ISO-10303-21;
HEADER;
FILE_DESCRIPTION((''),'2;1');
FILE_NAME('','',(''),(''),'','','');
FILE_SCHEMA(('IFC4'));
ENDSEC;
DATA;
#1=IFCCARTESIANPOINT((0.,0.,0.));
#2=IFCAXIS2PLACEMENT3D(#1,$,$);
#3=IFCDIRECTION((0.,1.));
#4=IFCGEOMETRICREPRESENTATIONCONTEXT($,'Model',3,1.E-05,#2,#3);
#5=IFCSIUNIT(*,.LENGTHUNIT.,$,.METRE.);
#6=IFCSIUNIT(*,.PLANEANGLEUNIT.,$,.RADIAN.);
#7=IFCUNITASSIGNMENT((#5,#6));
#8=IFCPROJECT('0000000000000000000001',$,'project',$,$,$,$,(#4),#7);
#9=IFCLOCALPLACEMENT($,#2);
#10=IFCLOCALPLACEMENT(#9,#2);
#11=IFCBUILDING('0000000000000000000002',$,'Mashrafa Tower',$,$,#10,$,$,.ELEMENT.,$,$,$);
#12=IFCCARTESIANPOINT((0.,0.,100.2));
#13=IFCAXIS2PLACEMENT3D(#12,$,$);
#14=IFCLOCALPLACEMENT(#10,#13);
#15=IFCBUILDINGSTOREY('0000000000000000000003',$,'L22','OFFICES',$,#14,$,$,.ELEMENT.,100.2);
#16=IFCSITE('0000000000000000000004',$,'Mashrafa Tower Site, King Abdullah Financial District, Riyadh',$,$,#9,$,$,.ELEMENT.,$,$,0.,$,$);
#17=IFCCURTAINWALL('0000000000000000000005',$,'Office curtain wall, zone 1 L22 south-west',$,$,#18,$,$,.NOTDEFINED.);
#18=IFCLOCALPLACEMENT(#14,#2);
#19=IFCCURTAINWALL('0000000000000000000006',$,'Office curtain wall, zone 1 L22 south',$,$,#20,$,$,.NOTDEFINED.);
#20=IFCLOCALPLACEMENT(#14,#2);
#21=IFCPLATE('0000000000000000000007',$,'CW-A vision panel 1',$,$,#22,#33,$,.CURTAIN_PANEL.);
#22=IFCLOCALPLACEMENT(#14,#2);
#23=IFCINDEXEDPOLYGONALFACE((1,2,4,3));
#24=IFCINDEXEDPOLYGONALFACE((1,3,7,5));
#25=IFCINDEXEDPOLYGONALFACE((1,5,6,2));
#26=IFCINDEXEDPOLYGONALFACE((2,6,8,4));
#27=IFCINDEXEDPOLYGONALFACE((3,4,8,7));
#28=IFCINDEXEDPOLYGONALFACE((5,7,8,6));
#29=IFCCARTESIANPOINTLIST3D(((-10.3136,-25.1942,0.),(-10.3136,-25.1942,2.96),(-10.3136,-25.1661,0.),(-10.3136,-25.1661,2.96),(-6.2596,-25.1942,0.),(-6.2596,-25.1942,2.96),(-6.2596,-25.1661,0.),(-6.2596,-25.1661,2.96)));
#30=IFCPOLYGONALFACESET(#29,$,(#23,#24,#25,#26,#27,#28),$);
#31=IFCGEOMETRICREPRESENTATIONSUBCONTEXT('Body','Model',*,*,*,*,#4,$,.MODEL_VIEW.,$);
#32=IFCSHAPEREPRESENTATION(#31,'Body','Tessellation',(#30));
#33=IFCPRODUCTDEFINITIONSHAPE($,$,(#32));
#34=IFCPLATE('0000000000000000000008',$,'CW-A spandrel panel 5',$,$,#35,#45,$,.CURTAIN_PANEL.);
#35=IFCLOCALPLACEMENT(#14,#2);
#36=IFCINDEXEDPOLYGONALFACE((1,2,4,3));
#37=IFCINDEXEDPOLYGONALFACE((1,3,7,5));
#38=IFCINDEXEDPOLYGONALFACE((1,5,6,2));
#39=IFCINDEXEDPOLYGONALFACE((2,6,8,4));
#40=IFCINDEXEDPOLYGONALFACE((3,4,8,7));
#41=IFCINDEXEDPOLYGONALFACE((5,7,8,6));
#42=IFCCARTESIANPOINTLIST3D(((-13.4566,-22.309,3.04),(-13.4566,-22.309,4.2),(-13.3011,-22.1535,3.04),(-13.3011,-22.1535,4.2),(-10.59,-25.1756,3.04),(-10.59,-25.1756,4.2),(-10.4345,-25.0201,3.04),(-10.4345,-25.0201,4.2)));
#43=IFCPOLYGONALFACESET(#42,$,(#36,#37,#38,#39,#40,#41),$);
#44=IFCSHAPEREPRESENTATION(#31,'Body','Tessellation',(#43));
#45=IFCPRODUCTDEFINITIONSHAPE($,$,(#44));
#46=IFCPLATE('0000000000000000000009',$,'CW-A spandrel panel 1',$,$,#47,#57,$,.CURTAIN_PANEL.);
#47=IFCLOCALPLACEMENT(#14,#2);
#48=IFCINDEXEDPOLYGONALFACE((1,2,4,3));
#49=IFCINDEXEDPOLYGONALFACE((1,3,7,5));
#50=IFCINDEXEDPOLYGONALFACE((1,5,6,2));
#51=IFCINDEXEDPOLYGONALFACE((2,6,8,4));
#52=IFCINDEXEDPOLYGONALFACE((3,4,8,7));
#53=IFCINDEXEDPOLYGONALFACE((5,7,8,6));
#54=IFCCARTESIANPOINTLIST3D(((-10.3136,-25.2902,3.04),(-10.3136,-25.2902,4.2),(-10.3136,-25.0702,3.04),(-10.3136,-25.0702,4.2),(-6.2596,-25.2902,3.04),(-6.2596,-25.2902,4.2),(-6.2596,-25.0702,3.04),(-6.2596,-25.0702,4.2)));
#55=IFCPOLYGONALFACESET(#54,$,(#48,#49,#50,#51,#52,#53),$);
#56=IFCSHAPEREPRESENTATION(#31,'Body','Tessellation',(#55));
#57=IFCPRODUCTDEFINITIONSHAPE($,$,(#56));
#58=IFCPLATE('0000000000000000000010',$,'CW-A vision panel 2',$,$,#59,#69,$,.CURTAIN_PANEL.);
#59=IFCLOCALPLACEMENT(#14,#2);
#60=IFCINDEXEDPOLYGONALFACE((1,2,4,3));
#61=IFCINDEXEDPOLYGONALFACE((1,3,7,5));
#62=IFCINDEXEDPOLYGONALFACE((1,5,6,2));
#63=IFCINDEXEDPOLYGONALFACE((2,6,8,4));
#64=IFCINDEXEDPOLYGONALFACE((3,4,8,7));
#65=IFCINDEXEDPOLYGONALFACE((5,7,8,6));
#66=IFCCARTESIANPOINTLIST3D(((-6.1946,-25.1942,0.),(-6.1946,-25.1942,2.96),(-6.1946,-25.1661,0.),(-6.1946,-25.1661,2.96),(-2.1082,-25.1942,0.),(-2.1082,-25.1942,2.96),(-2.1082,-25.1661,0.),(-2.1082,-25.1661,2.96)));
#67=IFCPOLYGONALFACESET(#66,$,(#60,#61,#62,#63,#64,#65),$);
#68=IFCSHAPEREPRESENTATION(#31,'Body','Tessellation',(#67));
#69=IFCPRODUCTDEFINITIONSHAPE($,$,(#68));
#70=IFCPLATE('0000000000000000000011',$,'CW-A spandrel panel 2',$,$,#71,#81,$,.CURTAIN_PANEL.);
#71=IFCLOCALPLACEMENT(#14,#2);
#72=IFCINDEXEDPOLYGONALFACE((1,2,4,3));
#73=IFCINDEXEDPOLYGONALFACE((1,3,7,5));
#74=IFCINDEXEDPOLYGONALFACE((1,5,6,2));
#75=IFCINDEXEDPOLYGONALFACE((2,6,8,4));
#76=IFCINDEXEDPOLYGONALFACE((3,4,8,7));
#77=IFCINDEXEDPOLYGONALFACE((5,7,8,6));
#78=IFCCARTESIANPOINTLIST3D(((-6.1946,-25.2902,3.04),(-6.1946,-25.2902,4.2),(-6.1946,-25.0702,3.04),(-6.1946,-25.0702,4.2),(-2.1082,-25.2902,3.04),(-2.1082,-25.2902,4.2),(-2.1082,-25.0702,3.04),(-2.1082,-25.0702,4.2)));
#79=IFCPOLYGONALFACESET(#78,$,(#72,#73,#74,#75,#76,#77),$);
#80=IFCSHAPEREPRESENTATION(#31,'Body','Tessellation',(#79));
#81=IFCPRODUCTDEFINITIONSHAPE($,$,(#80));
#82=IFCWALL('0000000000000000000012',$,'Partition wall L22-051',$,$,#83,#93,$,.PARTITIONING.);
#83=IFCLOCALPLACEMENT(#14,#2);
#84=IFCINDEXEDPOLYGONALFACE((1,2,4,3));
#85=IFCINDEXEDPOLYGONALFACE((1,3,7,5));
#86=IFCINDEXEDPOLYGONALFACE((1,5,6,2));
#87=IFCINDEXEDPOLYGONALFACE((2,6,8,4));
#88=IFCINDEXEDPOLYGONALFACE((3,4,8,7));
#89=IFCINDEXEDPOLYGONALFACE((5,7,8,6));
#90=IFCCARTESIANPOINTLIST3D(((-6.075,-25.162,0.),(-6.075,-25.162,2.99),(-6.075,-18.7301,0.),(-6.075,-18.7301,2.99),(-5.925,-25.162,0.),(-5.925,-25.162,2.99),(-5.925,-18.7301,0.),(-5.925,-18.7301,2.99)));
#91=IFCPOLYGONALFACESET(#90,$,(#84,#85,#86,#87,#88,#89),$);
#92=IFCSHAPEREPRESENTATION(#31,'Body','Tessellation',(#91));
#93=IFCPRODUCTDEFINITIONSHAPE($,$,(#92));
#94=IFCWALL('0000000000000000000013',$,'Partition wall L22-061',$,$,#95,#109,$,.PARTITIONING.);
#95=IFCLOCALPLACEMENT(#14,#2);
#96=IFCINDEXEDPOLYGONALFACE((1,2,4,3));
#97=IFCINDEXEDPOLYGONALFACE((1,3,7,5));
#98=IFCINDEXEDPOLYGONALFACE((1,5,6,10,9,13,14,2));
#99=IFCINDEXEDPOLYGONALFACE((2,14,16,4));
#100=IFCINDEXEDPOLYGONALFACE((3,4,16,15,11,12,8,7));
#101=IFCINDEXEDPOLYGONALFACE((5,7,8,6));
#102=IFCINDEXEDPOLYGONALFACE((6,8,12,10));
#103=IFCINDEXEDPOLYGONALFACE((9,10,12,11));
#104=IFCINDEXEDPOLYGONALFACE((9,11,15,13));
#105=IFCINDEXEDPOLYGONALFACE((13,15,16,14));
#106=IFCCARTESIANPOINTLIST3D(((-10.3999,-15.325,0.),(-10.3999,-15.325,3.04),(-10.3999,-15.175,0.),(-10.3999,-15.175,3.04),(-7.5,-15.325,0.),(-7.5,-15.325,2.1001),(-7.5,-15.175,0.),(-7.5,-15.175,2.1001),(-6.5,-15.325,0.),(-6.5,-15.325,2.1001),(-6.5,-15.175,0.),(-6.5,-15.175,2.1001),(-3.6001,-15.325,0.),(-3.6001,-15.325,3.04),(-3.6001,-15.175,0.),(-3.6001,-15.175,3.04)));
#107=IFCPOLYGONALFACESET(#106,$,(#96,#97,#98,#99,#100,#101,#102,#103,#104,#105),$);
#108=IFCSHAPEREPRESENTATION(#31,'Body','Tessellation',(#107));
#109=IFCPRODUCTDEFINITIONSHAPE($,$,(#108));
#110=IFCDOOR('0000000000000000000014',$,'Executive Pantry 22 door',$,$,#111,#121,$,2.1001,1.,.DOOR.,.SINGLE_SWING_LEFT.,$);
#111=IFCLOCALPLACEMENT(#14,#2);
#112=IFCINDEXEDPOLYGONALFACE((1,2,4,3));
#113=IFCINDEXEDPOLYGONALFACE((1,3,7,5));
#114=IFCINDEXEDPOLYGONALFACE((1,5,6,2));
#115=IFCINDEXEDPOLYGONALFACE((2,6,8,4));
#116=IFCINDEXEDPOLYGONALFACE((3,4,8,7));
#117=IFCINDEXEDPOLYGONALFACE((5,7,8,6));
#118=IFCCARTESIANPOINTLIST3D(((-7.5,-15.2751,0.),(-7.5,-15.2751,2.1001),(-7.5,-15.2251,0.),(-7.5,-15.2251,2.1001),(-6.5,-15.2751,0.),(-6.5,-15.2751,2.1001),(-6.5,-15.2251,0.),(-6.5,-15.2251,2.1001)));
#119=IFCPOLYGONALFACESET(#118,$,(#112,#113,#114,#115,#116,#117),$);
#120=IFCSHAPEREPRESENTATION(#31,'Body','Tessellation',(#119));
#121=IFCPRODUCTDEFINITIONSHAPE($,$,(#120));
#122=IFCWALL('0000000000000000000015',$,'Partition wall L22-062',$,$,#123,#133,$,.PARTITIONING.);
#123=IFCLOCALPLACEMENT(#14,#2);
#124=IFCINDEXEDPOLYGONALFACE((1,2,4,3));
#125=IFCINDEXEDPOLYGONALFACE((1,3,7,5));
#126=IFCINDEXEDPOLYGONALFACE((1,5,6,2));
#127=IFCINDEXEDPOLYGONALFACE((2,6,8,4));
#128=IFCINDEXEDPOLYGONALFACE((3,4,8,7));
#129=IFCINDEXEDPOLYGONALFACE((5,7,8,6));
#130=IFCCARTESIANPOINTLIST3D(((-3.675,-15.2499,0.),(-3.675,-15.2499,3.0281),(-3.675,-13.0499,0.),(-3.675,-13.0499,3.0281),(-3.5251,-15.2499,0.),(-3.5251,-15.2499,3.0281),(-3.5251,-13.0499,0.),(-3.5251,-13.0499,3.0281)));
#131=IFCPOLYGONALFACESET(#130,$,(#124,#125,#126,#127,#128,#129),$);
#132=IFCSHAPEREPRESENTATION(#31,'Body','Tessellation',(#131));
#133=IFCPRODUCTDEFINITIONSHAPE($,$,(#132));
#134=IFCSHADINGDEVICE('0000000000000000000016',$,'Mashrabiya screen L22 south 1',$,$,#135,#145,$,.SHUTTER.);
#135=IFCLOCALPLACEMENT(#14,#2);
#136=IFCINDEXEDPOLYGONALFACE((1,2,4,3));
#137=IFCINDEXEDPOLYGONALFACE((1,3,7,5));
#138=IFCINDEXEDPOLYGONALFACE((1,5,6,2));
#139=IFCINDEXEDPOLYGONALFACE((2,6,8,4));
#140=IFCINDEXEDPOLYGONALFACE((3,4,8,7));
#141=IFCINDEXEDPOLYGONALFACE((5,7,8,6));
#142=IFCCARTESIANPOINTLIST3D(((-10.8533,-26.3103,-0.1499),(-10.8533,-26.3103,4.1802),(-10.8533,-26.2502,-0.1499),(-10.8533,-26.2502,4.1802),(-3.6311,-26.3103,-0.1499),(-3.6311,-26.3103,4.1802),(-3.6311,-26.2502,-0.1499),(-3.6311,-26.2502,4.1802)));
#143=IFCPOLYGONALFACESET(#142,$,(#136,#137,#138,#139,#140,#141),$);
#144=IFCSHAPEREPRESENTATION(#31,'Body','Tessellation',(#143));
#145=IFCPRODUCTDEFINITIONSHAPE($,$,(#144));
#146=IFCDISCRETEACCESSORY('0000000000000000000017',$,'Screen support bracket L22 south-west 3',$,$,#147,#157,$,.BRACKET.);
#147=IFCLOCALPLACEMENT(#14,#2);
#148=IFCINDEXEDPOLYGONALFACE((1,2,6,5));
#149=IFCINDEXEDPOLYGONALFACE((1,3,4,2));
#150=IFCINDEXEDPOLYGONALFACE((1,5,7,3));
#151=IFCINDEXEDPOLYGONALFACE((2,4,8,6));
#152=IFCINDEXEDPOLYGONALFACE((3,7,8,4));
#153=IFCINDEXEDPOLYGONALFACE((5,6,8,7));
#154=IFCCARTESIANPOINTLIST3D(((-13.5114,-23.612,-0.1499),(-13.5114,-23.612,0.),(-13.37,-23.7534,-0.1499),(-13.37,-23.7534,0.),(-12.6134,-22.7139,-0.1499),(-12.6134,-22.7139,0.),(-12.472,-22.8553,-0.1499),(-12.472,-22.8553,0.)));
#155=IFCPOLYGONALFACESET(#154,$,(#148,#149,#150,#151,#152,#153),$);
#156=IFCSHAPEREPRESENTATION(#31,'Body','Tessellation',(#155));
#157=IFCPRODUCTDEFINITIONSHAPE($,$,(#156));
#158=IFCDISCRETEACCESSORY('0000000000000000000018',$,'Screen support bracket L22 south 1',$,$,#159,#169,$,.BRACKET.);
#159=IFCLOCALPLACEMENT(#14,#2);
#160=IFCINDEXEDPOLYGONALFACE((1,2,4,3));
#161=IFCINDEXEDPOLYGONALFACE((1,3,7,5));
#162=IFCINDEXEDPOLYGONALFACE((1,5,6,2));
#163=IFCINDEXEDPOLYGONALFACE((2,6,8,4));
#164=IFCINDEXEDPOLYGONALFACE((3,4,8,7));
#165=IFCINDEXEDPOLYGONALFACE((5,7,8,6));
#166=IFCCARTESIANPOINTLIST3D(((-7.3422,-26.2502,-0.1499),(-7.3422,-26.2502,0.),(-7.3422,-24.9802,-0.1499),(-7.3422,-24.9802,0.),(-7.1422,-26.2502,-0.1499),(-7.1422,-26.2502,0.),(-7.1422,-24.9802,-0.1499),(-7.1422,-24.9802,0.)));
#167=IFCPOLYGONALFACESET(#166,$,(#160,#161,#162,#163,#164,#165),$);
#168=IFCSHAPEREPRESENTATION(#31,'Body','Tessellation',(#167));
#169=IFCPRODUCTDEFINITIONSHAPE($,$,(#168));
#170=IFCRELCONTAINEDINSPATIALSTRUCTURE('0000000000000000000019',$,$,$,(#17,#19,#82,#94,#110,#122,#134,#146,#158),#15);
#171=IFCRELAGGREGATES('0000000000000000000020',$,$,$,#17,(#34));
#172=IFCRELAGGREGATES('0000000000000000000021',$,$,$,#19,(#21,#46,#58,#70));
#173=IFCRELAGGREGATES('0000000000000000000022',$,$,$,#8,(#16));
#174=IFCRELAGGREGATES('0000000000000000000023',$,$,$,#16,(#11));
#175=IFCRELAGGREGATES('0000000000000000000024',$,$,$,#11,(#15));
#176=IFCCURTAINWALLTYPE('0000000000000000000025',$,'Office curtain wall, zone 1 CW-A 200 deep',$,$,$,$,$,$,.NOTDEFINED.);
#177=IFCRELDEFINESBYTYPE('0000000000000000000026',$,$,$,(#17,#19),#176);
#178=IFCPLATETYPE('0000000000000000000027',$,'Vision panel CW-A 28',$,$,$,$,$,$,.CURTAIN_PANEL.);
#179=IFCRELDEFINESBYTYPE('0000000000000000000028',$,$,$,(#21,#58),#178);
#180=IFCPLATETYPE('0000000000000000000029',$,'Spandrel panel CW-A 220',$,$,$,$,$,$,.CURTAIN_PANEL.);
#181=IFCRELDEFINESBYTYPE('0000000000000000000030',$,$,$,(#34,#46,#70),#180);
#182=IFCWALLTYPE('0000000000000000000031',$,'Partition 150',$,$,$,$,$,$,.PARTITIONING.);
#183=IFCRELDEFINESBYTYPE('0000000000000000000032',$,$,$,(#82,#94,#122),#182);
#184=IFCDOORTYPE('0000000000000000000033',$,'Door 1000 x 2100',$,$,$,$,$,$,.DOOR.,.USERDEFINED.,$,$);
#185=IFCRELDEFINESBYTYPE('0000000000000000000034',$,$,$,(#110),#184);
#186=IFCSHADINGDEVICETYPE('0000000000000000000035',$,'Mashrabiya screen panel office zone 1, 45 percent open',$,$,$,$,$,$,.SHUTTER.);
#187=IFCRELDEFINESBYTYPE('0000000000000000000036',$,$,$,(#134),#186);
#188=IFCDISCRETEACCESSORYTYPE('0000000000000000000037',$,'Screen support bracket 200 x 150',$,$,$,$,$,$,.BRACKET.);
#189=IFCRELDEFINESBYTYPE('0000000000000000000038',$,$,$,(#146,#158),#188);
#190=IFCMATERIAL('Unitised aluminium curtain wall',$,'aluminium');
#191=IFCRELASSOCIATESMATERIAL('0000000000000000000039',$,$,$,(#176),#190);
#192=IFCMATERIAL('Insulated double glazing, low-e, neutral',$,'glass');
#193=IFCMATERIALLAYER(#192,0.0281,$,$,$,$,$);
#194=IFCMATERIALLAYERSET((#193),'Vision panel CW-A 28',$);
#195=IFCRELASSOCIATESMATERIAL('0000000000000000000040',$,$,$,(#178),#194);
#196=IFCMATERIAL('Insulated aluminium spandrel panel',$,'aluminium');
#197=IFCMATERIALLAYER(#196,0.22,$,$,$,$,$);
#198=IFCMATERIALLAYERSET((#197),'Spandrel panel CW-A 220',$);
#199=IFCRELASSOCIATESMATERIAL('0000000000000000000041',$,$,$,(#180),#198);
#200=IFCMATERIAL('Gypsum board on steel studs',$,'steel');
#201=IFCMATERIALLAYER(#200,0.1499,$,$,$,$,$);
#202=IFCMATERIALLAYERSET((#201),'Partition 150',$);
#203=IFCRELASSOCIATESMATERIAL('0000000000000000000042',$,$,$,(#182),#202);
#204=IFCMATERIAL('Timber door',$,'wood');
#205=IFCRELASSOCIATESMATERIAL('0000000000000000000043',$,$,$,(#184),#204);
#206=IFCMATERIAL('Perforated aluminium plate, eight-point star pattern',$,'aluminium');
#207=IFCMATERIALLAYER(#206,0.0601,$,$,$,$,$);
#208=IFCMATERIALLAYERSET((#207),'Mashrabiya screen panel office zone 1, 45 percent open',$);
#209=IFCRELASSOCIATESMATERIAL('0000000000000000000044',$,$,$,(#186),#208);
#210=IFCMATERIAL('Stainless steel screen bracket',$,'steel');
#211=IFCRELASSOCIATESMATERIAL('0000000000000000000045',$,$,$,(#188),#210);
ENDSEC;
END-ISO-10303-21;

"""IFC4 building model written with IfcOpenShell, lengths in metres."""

from ifc_helpers import new_model, si_unit, direction, frame, frame_2d, origin, origin_2d, place, context, subcontext, project, spatial, rectangle, extrude, source, transform, mapped, material, layer, layer_set, type_object, type_shapes, element, fill, aggregate, save


model = new_model("IFC4")

# Units and contexts
model_context = context("Model", 3, precision=1e-05, world=origin(), true_north=direction((0.0, 1.0)))
body_context = subcontext(model_context, "Body", "Model", "MODEL_VIEW")
ifc_project = project(units=[si_unit("LENGTHUNIT", "METRE"), si_unit("PLANEANGLEUNIT", "RADIAN")], contexts=[model_context])

# Site, building, storey
site_placement = place(None, origin())
site = spatial("IfcSite", under=ifc_project, at=site_placement, Name="Mashrafa Tower Site, King Abdullah Financial District, Riyadh", CompositionType="ELEMENT", RefElevation=0.0)
building_placement = place(site_placement, origin())
building = spatial("IfcBuilding", under=site, at=building_placement, Name="Mashrafa Tower", CompositionType="ELEMENT")
storey_placement = place(building_placement, frame((0.0, 0.0, 100.2)))
storey = spatial("IfcBuildingStorey", under=building, at=storey_placement, Name="L22", Description="OFFICES", CompositionType="ELEMENT", Elevation=100.2)

# Curtain walls
ifc_material_1 = material(Name="Unitised aluminium curtain wall", Category="aluminium")
curtain_wall_type = type_object("IfcCurtainWallType", Name="Office curtain wall, zone 1 CW-A 200 deep", PredefinedType="NOTDEFINED", material=ifc_material_1)
curtain_wall_1_placement = place(storey_placement, origin())
curtain_wall_1 = element("IfcCurtainWall", 1, at=curtain_wall_1_placement, inside=storey, type_object=curtain_wall_type, Name="Office curtain wall, zone 1 L22 south-west", PredefinedType="NOTDEFINED")
curtain_wall_2_placement = place(storey_placement, origin())
curtain_wall_2 = element("IfcCurtainWall", 2, at=curtain_wall_2_placement, inside=storey, type_object=curtain_wall_type, Name="Office curtain wall, zone 1 L22 south", PredefinedType="NOTDEFINED")

# Plates
ifc_material_2 = material(Name="Insulated double glazing, low-e, neutral", Category="glass")
ifc_layer_1 = layer(ifc_material_2, 0.0281)
ifc_layer_set_1 = layer_set([ifc_layer_1], Name="Vision panel CW-A 28")
plate_type_1 = type_object("IfcPlateType", Name="Vision panel CW-A 28", PredefinedType="CURTAIN_PANEL", material=ifc_layer_set_1)
shared_shape_1 = source(origin(), body_context, "Body", "SweptSolid", [
    extrude(rectangle(XDim=4.054, YDim=0.0281, at=origin_2d()), origin(), (0.0, 0.0, 1.0), 2.96),
])
plate_1_placement = place(storey_placement, frame((-8.2866, -25.1802, 0.0), z_axis=(0.0, 0.0, 1.0), x_axis=(1.0, 0.0, 0.0)))
plate_1 = element("IfcPlate", 3, at=plate_1_placement, type_object=plate_type_1, Name="CW-A vision panel 1", PredefinedType="CURTAIN_PANEL", context=body_context, shape_type="MappedRepresentation", body=[
    mapped(shared_shape_1, transform((0.0, 0.0, 0.0))),
])
ifc_material_3 = material(Name="Insulated aluminium spandrel panel", Category="aluminium")
ifc_layer_2 = layer(ifc_material_3, 0.22)
ifc_layer_set_2 = layer_set([ifc_layer_2], Name="Spandrel panel CW-A 220")
plate_type_2 = type_object("IfcPlateType", Name="Spandrel panel CW-A 220", PredefinedType="CURTAIN_PANEL", material=ifc_layer_set_2)
shared_shape_2 = source(origin(), body_context, "Body", "SweptSolid", [
    extrude(rectangle(XDim=4.054, YDim=0.22, at=origin_2d()), origin(), (0.0, 0.0, 1.0), 1.1599),
])
plate_2_placement = place(storey_placement, frame((-11.9456, -23.6646, 3.04), z_axis=(0.0, 0.0, 1.0), x_axis=(0.707107, -0.707107, 0.0)))
plate_2 = element("IfcPlate", 4, at=plate_2_placement, type_object=plate_type_2, Name="CW-A spandrel panel 5", PredefinedType="CURTAIN_PANEL", context=body_context, shape_type="MappedRepresentation", body=[
    mapped(shared_shape_2, transform((0.0, 0.0, 0.0))),
])
aggregate(curtain_wall_1, [plate_2])
plate_3_placement = place(storey_placement, frame((-8.2866, -25.1802, 3.04), z_axis=(0.0, 0.0, 1.0), x_axis=(1.0, 0.0, 0.0)))
plate_3 = element("IfcPlate", 5, at=plate_3_placement, type_object=plate_type_2, Name="CW-A spandrel panel 1", PredefinedType="CURTAIN_PANEL", context=body_context, shape_type="MappedRepresentation", body=[
    mapped(shared_shape_2, transform((0.0, 0.0, 0.0))),
])
shared_shape_3 = source(origin(), body_context, "Body", "SweptSolid", [
    extrude(rectangle(XDim=4.0864, YDim=0.0281, at=origin_2d()), origin(), (0.0, 0.0, 1.0), 2.96),
])
type_shapes(plate_type_1, [shared_shape_1, shared_shape_3])
plate_4_placement = place(storey_placement, frame((-4.1514, -25.1802, 0.0), z_axis=(0.0, 0.0, 1.0), x_axis=(1.0, 0.0, 0.0)))
plate_4 = element("IfcPlate", 6, at=plate_4_placement, type_object=plate_type_1, Name="CW-A vision panel 2", PredefinedType="CURTAIN_PANEL", context=body_context, shape_type="MappedRepresentation", body=[
    mapped(shared_shape_3, transform((0.0, 0.0, 0.0))),
])
shared_shape_4 = source(origin(), body_context, "Body", "SweptSolid", [
    extrude(rectangle(XDim=4.0864, YDim=0.22, at=origin_2d()), origin(), (0.0, 0.0, 1.0), 1.1599),
])
type_shapes(plate_type_2, [shared_shape_2, shared_shape_4])
plate_5_placement = place(storey_placement, frame((-4.1514, -25.1802, 3.04), z_axis=(0.0, 0.0, 1.0), x_axis=(1.0, 0.0, 0.0)))
plate_5 = element("IfcPlate", 7, at=plate_5_placement, type_object=plate_type_2, Name="CW-A spandrel panel 2", PredefinedType="CURTAIN_PANEL", context=body_context, shape_type="MappedRepresentation", body=[
    mapped(shared_shape_4, transform((0.0, 0.0, 0.0))),
])
aggregate(curtain_wall_2, [plate_1, plate_3, plate_4, plate_5])

# Wall
ifc_material_4 = material(Name="Gypsum board on steel studs", Category="steel")
ifc_layer_3 = layer(ifc_material_4, 0.1499)
ifc_layer_set_3 = layer_set([ifc_layer_3], Name="Partition 150")
wall_type = type_object("IfcWallType", Name="Partition 150", PredefinedType="PARTITIONING", material=ifc_layer_set_3)
wall_1_placement = place(storey_placement, frame((-6.0, -18.7302, 0.0), z_axis=(0.0, 0.0, 1.0), x_axis=(0.0, -1.0, 0.0)))
element("IfcWall", 8, at=wall_1_placement, inside=storey, type_object=wall_type, Name="Partition wall L22-051", PredefinedType="PARTITIONING", context=body_context, shape_type="SweptSolid", body=[
    extrude(rectangle(XDim=6.4319, YDim=0.1499, at=frame_2d((3.2158, 0.0))), origin(), (0.0, 0.0, 1.0), 2.99),
])

# Wall, opening, door
wall_2_placement = place(storey_placement, frame((-10.3999, -15.25, 0.0), z_axis=(0.0, 0.0, 1.0), x_axis=(1.0, 0.0, 0.0)))
wall_2 = element("IfcWall", 9, at=wall_2_placement, inside=storey, type_object=wall_type, Name="Partition wall L22-061", PredefinedType="PARTITIONING", context=body_context, shape_type="SweptSolid", body=[
    extrude(rectangle(XDim=6.7998, YDim=0.1499, at=frame_2d((3.3999, 0.0))), origin(), (0.0, 0.0, 1.0), 3.04),
])
opening_placement = place(wall_2_placement, frame((2.8999, 0.0, 0.0)))
opening = element("IfcOpeningElement", 10, at=opening_placement, cuts=wall_2, PredefinedType="OPENING", context=body_context, shape_type="SweptSolid", body=[
    extrude(rectangle(XDim=1.0, YDim=2.1001, at=frame_2d((0.5, 1.05))), frame((0.0, 0.085, 0.0), z_axis=(0.0, -1.0, 0.0), x_axis=(1.0, 0.0, 0.0)), (0.0, 0.0, 1.0), 0.1699),
])
ifc_material_5 = material(Name="Timber door", Category="wood")
door_type = type_object("IfcDoorType", Name="Door 1000 x 2100", OperationType="USERDEFINED", PredefinedType="DOOR", material=ifc_material_5)
door_placement = place(opening_placement, origin())
door = element("IfcDoor", 11, at=door_placement, inside=storey, type_object=door_type, Name="Executive Pantry 22 door", OperationType="SINGLE_SWING_LEFT", OverallHeight=2.1001, OverallWidth=1.0, PredefinedType="DOOR", context=body_context, shape_type="SweptSolid", body=[
    extrude(rectangle(XDim=1.0, YDim=2.1001, at=frame_2d((0.5, 1.05))), frame((0.0, 0.0249, 0.0), z_axis=(0.0, -1.0, 0.0), x_axis=(1.0, 0.0, 0.0)), (0.0, 0.0, 1.0), 0.05),
])
fill(opening, door)

# Wall
wall_3_placement = place(storey_placement, frame((-3.6001, -15.25, 0.0), z_axis=(0.0, 0.0, 1.0), x_axis=(0.0, 1.0, 0.0)))
element("IfcWall", 12, at=wall_3_placement, inside=storey, type_object=wall_type, Name="Partition wall L22-062", PredefinedType="PARTITIONING", context=body_context, shape_type="SweptSolid", body=[
    extrude(rectangle(XDim=2.2, YDim=0.1499, at=frame_2d((1.1001, 0.0))), origin(), (0.0, 0.0, 1.0), 3.0281),
])

# Shading device
ifc_material_6 = material(Name="Perforated aluminium plate, eight-point star pattern", Category="aluminium")
ifc_layer_4 = layer(ifc_material_6, 0.0601)
ifc_layer_set_4 = layer_set([ifc_layer_4], Name="Mashrabiya screen panel office zone 1, 45 percent open")
shading_device_type = type_object("IfcShadingDeviceType", Name="Mashrabiya screen panel office zone 1, 45 percent open", PredefinedType="SHUTTER", material=ifc_layer_set_4)
shared_shape_5 = source(origin(), body_context, "Body", "SweptSolid", [
    extrude(rectangle(XDim=7.2222, YDim=0.0601, at=origin_2d()), origin(), (0.0, 0.0, 1.0), 4.3301),
])
type_shapes(shading_device_type, [shared_shape_5])
shading_device_placement = place(storey_placement, frame((-7.2422, -26.2803, -0.1499), z_axis=(0.0, 0.0, 1.0), x_axis=(1.0, 0.0, 0.0)))
element("IfcShadingDevice", 13, at=shading_device_placement, inside=storey, type_object=shading_device_type, Name="Mashrabiya screen L22 south 1", PredefinedType="SHUTTER", context=body_context, shape_type="MappedRepresentation", body=[
    mapped(shared_shape_5, transform((0.0, 0.0, 0.0))),
])

# Discrete accessories
ifc_material_7 = material(Name="Stainless steel screen bracket", Category="steel")
discrete_accessory_type = type_object("IfcDiscreteAccessoryType", Name="Screen support bracket 200 x 150", PredefinedType="BRACKET", material=ifc_material_7)
shared_shape_6 = source(origin(), body_context, "Body", "SweptSolid", [
    extrude(rectangle(XDim=0.2, YDim=1.27, at=origin_2d()), origin(), (0.0, 0.0, 1.0), 0.1499),
])
type_shapes(discrete_accessory_type, [shared_shape_6])
for number, where, z_axis, x_axis, name in (
    (14, (-12.9917, -23.2336, -0.1499), (0.0, 0.0, 1.0), (0.707107, -0.707107, 0.0), "Screen support bracket L22 south-west 3"),
    (15, (-7.2422, -25.6152, -0.1499), (0.0, 0.0, 1.0), (1.0, 0.0, 0.0), "Screen support bracket L22 south 1"),
):
    element("IfcDiscreteAccessory", number, at=place(storey_placement, frame(where, z_axis=z_axis, x_axis=x_axis)), inside=storey, type_object=discrete_accessory_type, Name=name, PredefinedType="BRACKET", context=body_context, shape_type="MappedRepresentation", body=[
        mapped(shared_shape_6, transform((0.0, 0.0, 0.0))),
    ])

save(model, "model.ifc")
